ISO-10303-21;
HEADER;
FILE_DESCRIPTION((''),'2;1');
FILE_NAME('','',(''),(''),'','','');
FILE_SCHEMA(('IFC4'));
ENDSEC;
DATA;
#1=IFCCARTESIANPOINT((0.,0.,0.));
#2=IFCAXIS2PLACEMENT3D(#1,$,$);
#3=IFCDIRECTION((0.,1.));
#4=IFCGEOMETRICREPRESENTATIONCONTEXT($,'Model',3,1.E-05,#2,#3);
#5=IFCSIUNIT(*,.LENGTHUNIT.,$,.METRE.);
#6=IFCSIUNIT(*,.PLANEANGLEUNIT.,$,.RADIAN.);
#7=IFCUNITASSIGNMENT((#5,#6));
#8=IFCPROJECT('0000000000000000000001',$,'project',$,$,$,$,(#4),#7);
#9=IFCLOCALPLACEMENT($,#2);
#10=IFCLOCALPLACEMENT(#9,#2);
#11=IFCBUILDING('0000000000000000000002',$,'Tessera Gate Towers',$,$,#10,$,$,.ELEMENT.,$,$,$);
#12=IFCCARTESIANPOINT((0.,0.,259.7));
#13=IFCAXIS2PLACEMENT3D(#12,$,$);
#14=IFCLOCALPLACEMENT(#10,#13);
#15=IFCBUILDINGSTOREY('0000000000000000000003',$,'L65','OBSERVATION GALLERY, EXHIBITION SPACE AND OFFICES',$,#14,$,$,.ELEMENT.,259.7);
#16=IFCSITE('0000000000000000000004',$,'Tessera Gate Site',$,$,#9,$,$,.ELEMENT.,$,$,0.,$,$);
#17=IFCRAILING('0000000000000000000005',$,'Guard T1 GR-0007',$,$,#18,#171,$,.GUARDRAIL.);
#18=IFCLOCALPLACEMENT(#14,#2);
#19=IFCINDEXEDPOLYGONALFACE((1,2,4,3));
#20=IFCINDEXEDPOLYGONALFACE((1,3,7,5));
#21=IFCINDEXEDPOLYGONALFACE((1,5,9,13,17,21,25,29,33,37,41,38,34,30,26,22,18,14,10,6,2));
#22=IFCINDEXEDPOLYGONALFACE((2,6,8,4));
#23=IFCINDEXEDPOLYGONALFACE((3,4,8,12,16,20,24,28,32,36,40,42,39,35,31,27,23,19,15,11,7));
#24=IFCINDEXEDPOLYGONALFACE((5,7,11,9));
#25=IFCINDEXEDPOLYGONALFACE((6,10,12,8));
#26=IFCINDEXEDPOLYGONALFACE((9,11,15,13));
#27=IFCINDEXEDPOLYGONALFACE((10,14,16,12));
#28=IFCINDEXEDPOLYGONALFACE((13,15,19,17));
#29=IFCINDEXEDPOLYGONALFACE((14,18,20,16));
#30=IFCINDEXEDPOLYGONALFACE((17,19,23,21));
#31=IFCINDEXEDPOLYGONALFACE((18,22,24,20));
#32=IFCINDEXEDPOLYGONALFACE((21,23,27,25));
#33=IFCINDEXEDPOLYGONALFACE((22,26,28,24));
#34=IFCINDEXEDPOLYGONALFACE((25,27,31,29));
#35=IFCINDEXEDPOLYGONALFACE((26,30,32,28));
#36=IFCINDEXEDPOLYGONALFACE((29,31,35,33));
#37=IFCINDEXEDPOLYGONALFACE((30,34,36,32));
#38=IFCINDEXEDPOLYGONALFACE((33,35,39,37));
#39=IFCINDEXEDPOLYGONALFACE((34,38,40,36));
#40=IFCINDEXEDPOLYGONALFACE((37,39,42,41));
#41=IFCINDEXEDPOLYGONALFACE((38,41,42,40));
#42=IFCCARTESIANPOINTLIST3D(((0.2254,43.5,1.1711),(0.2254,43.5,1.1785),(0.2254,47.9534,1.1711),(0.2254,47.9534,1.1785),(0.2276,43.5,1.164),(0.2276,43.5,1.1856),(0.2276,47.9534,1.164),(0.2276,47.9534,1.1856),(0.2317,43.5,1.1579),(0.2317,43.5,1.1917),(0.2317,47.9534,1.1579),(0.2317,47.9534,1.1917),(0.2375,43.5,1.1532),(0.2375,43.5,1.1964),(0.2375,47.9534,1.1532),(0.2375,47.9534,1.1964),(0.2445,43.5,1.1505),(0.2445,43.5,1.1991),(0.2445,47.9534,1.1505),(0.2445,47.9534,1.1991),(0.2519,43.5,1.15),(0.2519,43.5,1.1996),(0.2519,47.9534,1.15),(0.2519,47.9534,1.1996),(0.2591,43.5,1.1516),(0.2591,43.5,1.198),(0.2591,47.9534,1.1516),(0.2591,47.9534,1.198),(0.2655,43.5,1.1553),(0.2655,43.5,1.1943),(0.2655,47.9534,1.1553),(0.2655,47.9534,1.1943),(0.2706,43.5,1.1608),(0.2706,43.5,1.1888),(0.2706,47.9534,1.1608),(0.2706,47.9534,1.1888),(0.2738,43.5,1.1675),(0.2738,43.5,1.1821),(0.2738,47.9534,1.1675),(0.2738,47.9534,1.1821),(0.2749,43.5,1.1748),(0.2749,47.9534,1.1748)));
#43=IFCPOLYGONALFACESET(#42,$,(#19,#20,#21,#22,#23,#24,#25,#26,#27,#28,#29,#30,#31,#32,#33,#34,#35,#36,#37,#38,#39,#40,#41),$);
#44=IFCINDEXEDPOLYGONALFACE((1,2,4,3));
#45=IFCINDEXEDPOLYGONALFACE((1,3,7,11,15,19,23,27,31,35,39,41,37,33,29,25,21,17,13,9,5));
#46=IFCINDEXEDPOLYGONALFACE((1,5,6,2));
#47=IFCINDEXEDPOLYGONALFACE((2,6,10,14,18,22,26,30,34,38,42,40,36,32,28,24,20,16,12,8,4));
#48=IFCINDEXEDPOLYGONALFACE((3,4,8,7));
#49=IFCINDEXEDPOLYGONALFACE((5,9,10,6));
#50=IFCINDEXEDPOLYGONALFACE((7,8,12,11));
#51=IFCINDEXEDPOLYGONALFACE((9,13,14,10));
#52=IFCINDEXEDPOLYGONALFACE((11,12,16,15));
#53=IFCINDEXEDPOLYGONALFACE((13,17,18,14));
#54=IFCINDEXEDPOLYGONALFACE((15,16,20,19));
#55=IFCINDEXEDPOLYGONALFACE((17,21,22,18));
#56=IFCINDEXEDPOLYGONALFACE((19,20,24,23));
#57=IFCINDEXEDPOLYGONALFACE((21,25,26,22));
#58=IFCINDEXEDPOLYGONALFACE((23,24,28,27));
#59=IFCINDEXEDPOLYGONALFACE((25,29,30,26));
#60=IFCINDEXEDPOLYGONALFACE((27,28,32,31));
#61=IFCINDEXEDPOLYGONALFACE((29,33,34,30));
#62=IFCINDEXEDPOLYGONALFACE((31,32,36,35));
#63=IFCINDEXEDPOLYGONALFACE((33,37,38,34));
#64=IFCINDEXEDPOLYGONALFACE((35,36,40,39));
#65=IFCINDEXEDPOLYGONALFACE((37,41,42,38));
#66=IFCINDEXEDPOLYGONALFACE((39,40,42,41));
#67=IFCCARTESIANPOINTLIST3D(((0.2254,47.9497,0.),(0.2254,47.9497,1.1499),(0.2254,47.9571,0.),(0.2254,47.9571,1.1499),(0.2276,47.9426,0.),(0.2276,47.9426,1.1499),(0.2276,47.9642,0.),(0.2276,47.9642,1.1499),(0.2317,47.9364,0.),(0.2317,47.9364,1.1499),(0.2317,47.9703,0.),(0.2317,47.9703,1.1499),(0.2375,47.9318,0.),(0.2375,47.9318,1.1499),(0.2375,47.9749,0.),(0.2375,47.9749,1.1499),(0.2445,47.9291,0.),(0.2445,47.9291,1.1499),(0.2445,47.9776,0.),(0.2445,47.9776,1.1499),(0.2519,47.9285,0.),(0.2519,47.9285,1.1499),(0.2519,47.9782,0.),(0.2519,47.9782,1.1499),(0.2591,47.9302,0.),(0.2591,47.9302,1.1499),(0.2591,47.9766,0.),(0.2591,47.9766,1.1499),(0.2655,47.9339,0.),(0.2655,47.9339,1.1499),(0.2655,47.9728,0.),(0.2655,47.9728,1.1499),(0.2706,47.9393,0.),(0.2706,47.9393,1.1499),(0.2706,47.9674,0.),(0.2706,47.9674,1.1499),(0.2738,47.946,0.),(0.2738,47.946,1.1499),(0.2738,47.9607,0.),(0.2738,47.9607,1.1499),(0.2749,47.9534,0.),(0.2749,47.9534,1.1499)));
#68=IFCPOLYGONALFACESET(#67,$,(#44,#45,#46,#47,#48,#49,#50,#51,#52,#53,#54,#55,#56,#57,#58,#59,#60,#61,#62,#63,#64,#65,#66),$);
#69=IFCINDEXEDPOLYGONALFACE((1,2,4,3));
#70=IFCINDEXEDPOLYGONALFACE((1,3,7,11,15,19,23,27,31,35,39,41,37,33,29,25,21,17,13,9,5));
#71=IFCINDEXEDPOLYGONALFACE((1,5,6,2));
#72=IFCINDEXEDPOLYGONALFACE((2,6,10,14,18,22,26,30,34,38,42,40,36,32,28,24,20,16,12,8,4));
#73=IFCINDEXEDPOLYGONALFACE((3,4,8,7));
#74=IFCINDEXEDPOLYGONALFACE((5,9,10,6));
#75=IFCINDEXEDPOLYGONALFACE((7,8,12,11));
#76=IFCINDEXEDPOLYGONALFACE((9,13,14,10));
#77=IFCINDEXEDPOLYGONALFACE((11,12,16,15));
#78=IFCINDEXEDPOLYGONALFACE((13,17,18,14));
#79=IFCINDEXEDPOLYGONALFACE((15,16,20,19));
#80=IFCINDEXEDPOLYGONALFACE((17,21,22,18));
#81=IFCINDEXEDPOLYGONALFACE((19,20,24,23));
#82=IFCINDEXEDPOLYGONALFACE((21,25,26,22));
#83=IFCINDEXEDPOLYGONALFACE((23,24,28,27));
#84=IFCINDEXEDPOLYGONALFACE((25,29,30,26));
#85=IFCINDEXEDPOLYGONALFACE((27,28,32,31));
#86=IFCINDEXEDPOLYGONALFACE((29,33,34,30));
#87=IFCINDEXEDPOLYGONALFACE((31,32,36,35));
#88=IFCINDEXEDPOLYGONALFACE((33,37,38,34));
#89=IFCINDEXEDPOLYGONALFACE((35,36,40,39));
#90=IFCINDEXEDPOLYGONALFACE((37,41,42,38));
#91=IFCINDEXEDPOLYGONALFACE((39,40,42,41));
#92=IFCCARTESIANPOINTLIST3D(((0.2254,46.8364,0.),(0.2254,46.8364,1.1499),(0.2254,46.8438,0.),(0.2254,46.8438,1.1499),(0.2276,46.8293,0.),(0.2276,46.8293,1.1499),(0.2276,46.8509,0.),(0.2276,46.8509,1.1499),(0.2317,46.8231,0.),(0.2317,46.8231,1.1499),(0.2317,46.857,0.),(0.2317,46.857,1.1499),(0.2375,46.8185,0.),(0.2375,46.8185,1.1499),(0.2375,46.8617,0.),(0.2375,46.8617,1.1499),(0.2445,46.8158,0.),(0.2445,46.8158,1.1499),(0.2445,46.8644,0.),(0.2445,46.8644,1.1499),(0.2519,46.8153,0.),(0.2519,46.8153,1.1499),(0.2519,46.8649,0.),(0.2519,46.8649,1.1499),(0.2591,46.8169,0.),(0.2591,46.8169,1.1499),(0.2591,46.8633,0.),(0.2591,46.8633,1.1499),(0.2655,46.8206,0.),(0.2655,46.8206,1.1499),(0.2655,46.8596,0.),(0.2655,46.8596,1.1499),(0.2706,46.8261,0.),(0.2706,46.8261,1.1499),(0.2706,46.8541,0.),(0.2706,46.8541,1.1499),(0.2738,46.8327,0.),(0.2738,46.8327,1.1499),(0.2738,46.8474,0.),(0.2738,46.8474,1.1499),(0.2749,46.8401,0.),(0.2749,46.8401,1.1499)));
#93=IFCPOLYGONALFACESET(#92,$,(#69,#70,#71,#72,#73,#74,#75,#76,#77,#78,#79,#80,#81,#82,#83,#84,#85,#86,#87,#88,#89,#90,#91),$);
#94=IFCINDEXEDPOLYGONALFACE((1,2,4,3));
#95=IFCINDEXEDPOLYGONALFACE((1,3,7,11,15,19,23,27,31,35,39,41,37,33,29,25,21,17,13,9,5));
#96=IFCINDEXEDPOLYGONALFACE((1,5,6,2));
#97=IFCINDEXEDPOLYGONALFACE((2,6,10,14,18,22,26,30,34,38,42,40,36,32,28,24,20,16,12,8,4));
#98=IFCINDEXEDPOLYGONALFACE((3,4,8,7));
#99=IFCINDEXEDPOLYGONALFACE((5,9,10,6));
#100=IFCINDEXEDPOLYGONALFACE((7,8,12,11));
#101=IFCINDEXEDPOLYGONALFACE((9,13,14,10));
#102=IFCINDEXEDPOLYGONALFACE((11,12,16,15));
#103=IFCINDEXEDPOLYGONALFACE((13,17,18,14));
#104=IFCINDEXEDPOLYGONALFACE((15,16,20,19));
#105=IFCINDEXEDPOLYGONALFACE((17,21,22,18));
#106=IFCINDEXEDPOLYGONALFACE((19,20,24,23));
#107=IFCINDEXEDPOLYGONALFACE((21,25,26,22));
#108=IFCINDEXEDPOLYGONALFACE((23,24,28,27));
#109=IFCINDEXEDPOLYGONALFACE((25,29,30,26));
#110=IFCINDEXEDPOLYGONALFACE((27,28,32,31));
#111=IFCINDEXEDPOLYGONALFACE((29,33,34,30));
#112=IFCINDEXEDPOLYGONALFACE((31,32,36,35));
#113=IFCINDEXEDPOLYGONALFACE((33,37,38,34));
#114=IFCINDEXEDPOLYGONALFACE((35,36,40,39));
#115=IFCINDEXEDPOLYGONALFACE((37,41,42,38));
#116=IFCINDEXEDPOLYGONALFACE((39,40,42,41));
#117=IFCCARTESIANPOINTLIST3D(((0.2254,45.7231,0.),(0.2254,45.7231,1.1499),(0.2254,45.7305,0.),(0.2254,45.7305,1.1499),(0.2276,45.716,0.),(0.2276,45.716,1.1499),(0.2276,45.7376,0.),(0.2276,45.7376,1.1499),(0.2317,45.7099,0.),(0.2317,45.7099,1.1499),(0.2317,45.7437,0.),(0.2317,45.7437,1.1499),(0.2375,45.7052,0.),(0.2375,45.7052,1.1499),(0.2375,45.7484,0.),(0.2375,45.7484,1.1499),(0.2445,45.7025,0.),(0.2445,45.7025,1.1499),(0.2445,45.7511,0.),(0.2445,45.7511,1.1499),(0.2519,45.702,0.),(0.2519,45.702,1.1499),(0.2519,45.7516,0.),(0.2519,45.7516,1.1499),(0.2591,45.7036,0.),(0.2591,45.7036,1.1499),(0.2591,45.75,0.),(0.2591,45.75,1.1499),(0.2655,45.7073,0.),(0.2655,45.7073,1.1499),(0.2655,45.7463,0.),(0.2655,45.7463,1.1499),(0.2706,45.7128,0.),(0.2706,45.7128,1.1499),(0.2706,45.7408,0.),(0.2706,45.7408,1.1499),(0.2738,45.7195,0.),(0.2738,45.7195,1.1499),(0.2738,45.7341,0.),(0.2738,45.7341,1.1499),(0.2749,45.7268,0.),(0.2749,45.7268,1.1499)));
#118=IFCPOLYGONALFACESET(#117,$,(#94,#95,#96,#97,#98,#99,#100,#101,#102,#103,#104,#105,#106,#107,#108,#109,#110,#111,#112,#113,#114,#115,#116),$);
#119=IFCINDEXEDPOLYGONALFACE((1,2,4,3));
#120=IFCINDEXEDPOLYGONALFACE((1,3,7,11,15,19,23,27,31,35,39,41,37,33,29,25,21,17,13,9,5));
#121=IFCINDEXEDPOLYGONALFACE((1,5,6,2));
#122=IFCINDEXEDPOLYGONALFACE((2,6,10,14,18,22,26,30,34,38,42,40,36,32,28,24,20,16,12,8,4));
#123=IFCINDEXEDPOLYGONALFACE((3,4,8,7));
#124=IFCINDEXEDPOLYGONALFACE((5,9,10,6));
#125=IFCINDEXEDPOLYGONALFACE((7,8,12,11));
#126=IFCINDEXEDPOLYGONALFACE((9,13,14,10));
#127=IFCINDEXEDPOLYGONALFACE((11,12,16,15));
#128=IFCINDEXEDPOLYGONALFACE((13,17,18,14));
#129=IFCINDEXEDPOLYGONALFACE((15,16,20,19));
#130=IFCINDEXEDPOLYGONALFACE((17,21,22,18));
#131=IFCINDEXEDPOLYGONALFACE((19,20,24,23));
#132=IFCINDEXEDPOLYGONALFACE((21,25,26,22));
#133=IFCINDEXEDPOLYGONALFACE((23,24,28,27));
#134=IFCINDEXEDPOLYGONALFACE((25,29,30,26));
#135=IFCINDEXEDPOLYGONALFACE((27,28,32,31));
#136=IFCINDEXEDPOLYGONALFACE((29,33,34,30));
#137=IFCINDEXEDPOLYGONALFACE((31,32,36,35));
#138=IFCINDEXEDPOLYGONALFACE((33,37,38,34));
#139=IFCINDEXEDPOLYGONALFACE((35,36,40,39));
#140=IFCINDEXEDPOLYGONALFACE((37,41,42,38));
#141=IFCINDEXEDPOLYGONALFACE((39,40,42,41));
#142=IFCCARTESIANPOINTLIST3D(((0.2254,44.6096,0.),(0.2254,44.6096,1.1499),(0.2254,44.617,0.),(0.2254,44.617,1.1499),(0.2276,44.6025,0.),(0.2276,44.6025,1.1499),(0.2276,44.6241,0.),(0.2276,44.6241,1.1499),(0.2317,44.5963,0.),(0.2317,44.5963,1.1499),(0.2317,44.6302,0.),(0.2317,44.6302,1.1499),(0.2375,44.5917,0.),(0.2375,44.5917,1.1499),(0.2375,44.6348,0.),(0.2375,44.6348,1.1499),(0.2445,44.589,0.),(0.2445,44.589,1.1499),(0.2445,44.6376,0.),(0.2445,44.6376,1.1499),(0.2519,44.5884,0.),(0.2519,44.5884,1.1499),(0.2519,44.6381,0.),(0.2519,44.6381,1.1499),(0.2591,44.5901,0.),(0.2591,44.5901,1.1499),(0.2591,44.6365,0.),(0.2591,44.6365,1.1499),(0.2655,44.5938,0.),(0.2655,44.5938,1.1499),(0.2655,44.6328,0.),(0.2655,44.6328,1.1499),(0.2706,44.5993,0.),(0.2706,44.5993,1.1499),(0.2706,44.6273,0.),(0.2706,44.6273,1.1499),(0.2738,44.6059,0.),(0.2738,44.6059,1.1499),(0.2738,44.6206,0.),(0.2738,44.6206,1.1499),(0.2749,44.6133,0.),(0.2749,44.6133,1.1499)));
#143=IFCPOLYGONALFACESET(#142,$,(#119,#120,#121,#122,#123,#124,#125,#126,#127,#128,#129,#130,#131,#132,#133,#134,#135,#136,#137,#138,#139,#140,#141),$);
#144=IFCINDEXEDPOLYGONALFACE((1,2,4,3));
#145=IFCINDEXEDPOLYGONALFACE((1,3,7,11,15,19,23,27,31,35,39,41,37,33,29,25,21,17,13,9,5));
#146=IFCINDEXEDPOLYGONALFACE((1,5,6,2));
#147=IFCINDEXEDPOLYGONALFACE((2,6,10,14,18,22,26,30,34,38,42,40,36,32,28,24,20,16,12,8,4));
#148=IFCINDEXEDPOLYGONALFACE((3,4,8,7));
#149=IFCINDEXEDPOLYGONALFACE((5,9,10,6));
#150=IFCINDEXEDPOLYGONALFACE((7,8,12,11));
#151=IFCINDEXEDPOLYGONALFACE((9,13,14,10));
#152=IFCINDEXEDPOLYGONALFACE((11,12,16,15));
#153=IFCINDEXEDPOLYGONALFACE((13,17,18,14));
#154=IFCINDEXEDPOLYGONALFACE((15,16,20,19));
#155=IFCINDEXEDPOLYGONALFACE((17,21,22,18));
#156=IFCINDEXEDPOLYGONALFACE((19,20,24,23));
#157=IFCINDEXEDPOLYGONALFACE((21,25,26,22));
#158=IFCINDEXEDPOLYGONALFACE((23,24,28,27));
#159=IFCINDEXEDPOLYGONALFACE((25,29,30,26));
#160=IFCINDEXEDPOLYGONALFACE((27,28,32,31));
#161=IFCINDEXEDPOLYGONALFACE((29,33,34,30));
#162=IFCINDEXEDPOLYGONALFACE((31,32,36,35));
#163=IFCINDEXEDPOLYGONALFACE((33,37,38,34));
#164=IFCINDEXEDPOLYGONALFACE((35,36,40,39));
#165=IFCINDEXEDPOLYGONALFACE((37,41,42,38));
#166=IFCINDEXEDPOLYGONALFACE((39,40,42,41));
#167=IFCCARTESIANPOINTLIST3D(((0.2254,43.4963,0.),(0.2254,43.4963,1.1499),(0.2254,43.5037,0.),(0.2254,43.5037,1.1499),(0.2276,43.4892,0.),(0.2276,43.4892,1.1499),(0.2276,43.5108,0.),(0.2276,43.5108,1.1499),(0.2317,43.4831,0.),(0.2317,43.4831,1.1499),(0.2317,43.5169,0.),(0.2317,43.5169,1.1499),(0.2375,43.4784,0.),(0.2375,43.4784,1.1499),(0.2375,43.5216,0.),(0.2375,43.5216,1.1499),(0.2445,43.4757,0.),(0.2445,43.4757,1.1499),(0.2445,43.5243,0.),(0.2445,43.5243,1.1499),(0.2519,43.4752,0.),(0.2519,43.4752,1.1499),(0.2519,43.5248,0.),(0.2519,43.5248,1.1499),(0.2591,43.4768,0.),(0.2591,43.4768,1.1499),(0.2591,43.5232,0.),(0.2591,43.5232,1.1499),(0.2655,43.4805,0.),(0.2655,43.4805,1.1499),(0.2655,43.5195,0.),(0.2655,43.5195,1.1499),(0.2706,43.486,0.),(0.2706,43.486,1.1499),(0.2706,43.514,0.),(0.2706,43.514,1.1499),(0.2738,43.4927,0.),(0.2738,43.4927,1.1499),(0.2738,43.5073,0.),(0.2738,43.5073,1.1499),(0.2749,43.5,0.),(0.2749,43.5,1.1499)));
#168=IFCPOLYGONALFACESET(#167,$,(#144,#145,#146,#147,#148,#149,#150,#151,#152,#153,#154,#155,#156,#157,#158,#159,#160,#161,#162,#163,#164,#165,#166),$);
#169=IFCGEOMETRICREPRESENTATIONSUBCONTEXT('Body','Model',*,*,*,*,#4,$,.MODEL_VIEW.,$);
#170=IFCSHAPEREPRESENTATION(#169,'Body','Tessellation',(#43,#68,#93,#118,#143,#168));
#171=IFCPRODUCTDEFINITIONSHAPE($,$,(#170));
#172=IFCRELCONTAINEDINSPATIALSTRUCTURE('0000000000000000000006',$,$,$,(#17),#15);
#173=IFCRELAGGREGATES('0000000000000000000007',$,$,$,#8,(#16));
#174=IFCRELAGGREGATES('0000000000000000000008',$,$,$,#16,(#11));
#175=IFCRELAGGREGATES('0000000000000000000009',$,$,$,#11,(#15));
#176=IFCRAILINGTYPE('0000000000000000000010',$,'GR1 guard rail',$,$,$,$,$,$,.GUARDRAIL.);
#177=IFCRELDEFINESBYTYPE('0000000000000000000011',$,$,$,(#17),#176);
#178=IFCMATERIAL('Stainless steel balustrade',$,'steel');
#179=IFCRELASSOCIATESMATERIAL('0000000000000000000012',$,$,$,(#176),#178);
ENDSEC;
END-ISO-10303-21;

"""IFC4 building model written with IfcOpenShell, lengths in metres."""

from ifc_helpers import new_model, si_unit, direction, frame, origin, origin_2d, place, context, subcontext, project, spatial, circle, extrude, material, type_object, element, save


model = new_model("IFC4")

# Units and contexts
model_context = context("Model", 3, precision=1e-05, world=origin(), true_north=direction((0.0, 1.0)))
body_context = subcontext(model_context, "Body", "Model", "MODEL_VIEW")
ifc_project = project(units=[si_unit("LENGTHUNIT", "METRE"), si_unit("PLANEANGLEUNIT", "RADIAN")], contexts=[model_context])

# Site, building, storey
site_placement = place(None, origin())
site = spatial("IfcSite", under=ifc_project, at=site_placement, Name="Tessera Gate Site", CompositionType="ELEMENT", RefElevation=0.0)
building_placement = place(site_placement, origin())
building = spatial("IfcBuilding", under=site, at=building_placement, Name="Tessera Gate Towers", CompositionType="ELEMENT")
storey_placement = place(building_placement, frame((0.0, 0.0, 259.7)))
storey = spatial("IfcBuildingStorey", under=building, at=storey_placement, Name="L65", Description="OBSERVATION GALLERY, EXHIBITION SPACE AND OFFICES", CompositionType="ELEMENT", Elevation=259.7)

# Railing
ifc_material_1 = material(Name="Stainless steel balustrade", Category="steel")
railing_type = type_object("IfcRailingType", Name="GR1 guard rail", PredefinedType="GUARDRAIL", material=ifc_material_1)
railing_1_placement = place(storey_placement, frame((0.25, 47.9534, 0.0)))
element("IfcRailing", 1, at=railing_1_placement, inside=storey, type_object=railing_type, Name="Guard T1 GR-0007", PredefinedType="GUARDRAIL", context=body_context, shape_type="SweptSolid", body=[
    extrude(circle(Radius=0.0249, at=origin_2d()), frame((0.0, 0.0, 1.1748), z_axis=(0.0, -1.0, 0.0), x_axis=(1.0, 0.0, 0.0)), (0.0, 0.0, 1.0), 4.4534),
    extrude(circle(Radius=0.0249, at=origin_2d()), origin(), (0.0, 0.0, 1.0), 1.1499),
    extrude(circle(Radius=0.0249, at=origin_2d()), frame((0.0, -1.1133, 0.0)), (0.0, 0.0, 1.0), 1.1499),
    extrude(circle(Radius=0.0249, at=origin_2d()), frame((0.0, -2.2266, 0.0)), (0.0, 0.0, 1.0), 1.1499),
    extrude(circle(Radius=0.0249, at=origin_2d()), frame((0.0, -3.3401, 0.0)), (0.0, 0.0, 1.0), 1.1499),
    extrude(circle(Radius=0.0249, at=origin_2d()), frame((0.0, -4.4534, 0.0)), (0.0, 0.0, 1.0), 1.1499),
])

save(model, "model.ifc")
